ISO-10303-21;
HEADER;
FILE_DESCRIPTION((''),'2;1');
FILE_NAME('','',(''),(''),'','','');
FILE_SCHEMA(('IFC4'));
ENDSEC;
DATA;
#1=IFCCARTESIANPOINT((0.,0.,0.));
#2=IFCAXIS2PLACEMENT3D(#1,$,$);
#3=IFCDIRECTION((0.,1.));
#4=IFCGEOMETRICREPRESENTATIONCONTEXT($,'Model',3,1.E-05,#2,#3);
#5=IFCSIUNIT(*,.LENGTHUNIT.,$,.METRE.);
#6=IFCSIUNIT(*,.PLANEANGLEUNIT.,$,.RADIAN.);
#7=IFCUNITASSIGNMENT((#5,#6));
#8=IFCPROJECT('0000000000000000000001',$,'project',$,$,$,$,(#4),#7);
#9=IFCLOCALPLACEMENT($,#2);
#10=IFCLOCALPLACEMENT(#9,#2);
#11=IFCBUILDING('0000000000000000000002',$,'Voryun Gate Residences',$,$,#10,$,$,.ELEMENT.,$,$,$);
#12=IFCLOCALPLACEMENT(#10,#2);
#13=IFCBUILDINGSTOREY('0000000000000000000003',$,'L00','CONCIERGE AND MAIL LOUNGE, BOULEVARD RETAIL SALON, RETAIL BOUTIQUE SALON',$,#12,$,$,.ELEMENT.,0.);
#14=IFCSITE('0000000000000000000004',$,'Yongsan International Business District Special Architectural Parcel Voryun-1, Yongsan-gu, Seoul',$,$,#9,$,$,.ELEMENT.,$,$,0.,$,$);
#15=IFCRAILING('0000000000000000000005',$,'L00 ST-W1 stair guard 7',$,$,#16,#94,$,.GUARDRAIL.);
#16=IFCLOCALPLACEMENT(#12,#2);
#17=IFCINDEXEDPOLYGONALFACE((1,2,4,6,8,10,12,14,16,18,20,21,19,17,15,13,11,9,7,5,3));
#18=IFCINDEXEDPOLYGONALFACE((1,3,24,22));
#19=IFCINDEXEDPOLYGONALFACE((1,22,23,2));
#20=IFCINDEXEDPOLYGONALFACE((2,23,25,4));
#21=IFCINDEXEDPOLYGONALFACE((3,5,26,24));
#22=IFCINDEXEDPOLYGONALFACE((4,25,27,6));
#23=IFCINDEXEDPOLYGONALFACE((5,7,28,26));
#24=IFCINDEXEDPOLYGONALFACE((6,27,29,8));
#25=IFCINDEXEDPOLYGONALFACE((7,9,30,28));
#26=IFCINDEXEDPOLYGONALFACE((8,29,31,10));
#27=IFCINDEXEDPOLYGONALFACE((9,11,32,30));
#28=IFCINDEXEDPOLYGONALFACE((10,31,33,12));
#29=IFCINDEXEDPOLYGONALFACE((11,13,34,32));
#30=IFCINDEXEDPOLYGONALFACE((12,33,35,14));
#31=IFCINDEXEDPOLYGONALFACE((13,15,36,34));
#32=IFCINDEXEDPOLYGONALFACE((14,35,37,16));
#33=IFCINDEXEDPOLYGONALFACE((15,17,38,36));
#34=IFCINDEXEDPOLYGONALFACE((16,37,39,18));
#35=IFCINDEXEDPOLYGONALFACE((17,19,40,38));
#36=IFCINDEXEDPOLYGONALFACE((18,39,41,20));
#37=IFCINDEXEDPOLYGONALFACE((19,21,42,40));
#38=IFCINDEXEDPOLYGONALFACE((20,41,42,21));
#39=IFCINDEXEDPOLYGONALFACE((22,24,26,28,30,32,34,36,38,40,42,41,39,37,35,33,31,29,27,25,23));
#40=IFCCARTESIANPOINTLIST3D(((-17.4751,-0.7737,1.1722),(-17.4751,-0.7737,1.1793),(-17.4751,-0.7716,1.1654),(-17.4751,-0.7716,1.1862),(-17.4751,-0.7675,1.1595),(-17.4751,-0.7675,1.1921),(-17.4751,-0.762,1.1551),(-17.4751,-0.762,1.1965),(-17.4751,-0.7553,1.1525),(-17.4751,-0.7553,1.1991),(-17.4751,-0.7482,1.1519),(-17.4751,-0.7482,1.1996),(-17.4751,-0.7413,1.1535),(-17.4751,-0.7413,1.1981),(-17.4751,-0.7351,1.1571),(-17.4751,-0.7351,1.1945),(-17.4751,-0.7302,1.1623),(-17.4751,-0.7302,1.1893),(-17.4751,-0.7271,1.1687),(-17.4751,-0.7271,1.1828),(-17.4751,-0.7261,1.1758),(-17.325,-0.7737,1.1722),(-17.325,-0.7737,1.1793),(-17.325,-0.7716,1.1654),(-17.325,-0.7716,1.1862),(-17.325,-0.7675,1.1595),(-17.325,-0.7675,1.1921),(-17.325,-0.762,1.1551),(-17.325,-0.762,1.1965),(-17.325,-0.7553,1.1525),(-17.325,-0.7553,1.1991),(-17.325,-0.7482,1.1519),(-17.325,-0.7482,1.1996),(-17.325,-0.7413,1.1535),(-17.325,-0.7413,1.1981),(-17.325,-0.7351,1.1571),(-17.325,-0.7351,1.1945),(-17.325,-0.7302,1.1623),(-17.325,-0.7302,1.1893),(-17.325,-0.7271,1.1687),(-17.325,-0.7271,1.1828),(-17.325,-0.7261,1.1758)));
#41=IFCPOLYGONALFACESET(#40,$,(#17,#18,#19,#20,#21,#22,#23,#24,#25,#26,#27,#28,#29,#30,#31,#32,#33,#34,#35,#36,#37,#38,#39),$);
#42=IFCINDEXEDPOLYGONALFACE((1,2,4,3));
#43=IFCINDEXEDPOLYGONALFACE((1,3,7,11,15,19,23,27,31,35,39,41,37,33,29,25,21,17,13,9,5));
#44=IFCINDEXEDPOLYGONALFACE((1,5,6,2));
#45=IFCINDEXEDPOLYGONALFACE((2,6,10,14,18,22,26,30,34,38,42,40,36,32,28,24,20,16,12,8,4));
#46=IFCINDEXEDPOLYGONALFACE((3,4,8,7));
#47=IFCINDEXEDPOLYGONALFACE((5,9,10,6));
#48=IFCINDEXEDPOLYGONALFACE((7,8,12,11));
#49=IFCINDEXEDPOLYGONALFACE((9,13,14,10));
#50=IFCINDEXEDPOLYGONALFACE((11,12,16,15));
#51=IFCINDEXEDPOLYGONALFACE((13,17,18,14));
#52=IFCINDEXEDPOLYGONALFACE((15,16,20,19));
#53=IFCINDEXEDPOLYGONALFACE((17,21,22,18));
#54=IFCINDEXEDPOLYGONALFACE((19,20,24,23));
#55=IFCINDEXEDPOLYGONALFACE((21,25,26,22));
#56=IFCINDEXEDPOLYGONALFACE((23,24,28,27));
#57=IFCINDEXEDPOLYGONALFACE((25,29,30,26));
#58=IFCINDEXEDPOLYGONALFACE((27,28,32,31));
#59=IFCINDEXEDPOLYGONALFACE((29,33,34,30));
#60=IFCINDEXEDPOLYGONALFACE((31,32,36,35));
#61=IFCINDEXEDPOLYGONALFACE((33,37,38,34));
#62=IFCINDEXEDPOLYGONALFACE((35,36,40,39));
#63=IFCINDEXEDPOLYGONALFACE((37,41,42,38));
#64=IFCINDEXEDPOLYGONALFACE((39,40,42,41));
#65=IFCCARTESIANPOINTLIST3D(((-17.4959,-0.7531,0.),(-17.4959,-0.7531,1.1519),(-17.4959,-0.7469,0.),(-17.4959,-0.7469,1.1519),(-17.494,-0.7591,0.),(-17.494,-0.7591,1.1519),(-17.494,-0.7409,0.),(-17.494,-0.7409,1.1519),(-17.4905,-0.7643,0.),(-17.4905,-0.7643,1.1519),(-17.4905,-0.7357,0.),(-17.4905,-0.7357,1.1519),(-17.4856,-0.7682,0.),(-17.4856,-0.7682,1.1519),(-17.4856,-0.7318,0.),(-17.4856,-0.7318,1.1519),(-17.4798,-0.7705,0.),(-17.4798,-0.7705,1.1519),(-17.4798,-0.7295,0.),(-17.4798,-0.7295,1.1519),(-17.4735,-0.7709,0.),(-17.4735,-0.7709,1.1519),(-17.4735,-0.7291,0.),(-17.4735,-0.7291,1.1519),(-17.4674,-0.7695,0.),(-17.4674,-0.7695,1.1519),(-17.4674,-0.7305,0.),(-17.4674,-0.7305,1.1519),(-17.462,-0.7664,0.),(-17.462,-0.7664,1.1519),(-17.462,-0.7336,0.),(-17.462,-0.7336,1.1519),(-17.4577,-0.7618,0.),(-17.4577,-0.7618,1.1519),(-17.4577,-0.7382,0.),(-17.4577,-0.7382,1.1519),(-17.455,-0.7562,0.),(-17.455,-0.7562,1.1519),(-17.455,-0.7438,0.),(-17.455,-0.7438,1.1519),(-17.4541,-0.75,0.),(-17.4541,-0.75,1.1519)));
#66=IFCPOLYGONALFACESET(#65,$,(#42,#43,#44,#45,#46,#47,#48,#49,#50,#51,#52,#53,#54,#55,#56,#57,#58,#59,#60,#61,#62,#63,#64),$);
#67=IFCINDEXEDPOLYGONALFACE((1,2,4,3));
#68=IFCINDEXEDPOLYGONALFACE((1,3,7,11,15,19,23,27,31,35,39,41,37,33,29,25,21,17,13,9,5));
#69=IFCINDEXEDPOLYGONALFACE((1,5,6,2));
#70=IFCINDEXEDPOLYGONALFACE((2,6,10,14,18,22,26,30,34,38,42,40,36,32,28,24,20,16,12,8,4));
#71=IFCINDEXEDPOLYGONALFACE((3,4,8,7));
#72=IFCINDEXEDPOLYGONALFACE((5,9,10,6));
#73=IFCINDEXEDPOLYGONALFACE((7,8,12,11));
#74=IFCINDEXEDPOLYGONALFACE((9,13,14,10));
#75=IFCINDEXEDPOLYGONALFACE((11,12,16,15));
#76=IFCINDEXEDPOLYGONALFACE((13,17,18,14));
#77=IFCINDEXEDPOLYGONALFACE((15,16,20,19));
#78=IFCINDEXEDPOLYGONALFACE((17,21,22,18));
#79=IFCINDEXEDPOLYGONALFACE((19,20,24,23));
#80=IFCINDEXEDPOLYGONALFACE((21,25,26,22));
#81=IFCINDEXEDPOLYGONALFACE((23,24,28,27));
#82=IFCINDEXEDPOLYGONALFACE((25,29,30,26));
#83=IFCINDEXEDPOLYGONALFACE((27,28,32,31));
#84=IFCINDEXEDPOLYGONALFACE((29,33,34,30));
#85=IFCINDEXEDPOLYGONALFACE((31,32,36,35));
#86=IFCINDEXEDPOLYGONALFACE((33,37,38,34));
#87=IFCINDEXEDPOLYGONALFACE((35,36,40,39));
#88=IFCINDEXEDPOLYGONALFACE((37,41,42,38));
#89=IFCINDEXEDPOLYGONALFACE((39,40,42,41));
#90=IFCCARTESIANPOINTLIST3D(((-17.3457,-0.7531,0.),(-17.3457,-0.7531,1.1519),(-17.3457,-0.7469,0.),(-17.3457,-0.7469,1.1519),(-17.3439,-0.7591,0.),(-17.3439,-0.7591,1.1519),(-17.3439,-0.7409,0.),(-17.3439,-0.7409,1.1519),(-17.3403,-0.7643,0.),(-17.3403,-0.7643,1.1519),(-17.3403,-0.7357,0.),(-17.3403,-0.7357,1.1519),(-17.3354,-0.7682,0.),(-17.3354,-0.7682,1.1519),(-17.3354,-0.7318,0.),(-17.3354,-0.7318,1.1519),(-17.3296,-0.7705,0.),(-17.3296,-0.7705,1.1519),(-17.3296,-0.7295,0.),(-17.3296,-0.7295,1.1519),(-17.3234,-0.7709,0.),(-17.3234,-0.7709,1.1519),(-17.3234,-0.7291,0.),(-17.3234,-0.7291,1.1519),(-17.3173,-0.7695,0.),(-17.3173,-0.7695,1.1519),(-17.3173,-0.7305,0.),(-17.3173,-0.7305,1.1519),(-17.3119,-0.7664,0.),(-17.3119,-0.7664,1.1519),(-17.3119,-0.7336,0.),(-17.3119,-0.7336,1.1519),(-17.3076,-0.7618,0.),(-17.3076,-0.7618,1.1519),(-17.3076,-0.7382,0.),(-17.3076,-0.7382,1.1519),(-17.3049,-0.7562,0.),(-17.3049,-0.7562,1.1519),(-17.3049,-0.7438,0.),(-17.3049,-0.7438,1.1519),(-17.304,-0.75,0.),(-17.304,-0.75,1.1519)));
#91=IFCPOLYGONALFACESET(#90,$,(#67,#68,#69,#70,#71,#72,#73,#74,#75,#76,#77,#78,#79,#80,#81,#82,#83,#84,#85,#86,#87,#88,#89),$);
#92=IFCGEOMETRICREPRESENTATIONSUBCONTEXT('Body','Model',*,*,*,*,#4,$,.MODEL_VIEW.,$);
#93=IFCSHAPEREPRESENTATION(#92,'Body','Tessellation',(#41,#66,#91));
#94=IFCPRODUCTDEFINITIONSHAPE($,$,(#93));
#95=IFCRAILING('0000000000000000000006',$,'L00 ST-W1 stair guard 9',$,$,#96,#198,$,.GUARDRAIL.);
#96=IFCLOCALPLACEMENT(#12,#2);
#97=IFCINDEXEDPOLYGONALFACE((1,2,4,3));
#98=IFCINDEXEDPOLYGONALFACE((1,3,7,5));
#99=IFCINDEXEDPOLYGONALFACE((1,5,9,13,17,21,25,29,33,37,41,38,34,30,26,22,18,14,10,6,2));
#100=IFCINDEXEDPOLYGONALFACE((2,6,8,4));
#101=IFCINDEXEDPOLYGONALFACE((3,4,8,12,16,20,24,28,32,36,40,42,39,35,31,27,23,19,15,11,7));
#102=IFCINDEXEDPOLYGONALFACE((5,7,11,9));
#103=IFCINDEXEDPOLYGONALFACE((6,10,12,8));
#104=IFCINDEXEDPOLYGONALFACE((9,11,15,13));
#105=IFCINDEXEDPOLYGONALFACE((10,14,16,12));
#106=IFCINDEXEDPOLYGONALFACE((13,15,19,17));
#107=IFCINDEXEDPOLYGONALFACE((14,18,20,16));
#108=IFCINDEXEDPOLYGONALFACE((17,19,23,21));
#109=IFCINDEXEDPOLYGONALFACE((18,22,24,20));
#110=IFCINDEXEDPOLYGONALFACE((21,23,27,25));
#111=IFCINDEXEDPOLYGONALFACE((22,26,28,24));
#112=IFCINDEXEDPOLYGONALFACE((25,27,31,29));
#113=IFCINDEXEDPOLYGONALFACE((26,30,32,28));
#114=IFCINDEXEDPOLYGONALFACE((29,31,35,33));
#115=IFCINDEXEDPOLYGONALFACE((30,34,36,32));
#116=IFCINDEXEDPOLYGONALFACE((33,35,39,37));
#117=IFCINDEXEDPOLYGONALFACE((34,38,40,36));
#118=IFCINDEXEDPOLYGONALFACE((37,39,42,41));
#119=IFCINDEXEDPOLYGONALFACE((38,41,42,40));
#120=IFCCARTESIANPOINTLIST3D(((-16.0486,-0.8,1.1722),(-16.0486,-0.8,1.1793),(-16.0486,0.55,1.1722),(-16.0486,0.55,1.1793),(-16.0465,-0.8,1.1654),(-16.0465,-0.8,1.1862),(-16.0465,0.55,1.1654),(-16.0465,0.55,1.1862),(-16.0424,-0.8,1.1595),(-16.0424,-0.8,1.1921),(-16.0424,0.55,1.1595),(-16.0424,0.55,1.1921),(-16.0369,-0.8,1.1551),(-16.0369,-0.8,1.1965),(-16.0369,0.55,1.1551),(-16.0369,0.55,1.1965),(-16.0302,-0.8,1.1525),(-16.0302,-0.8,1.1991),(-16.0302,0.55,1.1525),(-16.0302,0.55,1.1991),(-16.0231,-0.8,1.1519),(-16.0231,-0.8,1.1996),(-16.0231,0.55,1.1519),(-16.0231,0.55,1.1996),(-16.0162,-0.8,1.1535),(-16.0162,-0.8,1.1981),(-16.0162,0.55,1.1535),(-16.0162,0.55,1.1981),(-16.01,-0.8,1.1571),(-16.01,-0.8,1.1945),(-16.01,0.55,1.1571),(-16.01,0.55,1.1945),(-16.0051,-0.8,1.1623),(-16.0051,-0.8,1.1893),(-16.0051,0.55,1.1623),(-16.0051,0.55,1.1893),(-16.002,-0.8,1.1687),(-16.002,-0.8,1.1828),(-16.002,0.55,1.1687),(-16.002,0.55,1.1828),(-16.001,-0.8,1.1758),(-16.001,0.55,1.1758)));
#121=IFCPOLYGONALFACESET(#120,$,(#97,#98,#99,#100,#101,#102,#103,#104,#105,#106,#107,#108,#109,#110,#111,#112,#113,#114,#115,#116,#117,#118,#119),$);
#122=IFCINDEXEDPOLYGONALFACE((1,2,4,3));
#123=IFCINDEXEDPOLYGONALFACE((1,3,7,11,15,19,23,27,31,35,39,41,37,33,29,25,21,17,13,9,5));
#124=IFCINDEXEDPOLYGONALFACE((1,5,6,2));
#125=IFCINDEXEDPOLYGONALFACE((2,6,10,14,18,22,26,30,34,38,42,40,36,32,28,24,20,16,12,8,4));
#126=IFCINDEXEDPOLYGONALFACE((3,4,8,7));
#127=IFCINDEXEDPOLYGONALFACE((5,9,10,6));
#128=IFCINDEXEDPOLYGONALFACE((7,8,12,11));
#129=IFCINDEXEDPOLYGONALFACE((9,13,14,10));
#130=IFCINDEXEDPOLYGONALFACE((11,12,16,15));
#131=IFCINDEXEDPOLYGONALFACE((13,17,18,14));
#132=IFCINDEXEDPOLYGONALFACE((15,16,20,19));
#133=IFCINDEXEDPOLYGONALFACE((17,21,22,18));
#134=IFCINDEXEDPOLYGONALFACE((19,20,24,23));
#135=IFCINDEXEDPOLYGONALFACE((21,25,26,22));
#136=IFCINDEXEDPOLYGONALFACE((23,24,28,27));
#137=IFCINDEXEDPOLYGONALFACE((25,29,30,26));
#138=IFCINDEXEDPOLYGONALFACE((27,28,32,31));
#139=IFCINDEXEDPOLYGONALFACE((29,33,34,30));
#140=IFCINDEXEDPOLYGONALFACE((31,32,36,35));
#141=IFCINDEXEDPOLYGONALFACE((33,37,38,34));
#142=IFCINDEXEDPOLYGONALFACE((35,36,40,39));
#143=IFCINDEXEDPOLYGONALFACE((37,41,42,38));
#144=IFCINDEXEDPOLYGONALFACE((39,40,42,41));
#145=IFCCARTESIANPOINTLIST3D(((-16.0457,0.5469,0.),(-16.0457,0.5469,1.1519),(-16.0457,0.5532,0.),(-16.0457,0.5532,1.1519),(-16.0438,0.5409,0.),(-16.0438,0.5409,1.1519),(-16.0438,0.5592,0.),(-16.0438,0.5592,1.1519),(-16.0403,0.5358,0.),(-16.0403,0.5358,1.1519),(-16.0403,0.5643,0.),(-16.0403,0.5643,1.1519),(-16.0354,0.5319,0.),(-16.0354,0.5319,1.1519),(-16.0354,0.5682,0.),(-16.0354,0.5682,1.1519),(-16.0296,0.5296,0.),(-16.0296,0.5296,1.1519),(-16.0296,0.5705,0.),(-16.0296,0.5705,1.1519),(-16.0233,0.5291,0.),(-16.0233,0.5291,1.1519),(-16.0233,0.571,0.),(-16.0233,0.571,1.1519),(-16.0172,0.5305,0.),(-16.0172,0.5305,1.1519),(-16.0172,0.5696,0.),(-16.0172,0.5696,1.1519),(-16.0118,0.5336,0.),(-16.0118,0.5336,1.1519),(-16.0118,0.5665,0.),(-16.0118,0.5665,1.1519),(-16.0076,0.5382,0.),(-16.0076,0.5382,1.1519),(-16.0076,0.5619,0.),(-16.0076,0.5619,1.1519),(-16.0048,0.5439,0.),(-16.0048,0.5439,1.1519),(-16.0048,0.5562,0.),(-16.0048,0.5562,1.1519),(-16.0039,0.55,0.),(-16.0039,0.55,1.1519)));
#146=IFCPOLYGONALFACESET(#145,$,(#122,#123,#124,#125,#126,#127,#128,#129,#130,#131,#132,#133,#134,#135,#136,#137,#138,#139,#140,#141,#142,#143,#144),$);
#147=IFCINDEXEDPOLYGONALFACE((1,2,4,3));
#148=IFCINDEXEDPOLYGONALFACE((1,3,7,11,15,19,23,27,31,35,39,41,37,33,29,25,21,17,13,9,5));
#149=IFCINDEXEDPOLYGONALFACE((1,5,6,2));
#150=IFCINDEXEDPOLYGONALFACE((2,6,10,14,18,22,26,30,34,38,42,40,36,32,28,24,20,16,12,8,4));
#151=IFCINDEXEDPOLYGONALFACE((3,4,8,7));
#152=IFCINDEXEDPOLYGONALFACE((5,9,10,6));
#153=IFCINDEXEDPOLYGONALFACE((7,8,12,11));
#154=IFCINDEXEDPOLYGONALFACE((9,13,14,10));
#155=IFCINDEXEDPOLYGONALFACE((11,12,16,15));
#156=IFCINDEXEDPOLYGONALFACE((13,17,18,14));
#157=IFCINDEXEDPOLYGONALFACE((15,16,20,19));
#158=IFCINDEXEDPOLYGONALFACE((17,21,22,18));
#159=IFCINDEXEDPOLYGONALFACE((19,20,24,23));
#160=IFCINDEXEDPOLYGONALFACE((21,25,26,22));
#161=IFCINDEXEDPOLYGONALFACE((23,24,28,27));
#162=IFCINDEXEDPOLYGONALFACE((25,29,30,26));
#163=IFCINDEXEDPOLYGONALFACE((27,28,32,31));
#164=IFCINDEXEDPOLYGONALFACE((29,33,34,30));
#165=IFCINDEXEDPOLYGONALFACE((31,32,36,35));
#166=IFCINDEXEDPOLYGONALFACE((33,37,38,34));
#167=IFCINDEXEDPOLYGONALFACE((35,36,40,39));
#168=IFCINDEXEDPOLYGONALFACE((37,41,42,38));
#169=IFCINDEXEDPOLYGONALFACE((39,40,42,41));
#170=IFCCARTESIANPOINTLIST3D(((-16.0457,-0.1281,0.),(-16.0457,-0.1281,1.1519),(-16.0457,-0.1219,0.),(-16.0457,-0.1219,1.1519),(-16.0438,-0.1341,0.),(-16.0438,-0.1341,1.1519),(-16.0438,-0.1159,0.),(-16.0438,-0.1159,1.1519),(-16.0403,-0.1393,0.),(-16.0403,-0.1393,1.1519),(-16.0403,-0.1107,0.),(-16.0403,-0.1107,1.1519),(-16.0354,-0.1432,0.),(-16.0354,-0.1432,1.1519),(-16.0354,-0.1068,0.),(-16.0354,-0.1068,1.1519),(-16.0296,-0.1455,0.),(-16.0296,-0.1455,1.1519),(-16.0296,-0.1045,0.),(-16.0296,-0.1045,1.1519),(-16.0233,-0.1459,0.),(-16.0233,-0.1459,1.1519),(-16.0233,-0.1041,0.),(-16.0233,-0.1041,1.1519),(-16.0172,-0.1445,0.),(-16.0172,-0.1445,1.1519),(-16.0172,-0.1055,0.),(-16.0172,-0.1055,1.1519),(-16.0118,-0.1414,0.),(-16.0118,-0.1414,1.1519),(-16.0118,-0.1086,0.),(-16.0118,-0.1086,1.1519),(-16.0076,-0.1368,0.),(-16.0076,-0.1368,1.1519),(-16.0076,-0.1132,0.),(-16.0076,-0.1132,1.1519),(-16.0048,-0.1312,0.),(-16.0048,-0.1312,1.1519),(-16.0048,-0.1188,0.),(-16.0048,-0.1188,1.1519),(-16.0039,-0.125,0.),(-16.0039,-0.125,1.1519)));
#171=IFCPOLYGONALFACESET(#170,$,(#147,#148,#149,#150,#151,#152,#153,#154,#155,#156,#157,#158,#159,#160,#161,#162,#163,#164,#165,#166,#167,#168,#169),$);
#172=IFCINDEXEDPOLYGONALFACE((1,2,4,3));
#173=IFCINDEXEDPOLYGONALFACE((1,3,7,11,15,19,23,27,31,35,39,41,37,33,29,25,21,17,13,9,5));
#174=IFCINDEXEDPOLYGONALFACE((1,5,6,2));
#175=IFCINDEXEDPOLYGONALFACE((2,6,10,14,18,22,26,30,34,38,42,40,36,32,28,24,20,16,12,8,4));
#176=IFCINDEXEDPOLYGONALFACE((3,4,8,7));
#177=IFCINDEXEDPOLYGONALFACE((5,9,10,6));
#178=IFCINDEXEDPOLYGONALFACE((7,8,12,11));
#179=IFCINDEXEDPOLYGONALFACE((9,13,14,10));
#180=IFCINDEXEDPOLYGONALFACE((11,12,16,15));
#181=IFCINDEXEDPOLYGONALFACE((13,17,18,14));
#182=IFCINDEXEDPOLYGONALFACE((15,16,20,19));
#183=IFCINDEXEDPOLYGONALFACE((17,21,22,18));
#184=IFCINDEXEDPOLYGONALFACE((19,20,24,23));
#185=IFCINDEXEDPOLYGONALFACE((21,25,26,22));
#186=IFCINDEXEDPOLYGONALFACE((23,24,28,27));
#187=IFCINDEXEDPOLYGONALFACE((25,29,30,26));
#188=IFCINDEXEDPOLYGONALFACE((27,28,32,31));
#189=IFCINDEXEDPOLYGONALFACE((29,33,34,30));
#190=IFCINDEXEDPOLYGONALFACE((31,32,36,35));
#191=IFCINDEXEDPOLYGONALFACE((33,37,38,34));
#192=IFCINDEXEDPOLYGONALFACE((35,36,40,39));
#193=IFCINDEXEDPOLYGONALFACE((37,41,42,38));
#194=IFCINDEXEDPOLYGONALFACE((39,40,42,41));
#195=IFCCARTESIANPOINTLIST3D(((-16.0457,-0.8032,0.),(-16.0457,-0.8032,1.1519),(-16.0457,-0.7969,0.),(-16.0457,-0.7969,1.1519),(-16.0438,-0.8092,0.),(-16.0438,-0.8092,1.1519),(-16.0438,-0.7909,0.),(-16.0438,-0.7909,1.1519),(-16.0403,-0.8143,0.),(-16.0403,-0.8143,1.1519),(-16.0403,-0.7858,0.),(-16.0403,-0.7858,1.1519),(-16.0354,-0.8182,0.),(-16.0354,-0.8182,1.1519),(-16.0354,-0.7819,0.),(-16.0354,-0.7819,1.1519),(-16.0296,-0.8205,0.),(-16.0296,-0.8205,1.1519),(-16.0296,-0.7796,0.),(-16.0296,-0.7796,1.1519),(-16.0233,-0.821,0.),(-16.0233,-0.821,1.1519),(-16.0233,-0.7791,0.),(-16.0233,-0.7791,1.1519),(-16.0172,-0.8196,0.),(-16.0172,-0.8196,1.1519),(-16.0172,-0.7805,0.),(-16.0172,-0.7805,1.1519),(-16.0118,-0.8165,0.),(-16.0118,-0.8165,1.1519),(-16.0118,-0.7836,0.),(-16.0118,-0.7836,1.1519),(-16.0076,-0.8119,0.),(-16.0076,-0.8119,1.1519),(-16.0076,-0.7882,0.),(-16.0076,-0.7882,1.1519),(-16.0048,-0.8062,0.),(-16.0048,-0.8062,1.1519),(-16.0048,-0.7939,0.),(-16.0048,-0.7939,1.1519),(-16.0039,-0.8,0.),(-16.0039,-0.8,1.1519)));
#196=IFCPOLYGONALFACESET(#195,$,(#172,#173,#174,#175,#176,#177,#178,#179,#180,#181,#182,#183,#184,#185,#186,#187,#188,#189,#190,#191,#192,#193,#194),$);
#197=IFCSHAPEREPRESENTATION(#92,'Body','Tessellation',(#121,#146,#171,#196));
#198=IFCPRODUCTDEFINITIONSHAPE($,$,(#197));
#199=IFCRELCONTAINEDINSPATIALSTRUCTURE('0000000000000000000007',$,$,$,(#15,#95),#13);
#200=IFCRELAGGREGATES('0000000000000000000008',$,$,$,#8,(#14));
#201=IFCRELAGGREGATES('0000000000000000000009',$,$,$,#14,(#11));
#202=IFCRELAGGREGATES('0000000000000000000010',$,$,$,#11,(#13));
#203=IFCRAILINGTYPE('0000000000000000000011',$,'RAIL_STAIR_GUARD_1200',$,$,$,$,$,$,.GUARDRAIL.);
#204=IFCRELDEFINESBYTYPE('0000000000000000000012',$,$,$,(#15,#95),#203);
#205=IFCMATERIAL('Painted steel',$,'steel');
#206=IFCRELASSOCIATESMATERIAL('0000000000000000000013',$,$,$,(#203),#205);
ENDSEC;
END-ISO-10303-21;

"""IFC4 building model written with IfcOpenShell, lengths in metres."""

from ifc_helpers import new_model, si_unit, direction, frame, origin, origin_2d, place, context, subcontext, project, spatial, circle, extrude, material, type_object, element, save


model = new_model("IFC4")

# Units and contexts
model_context = context("Model", 3, precision=1e-05, world=origin(), true_north=direction((0.0, 1.0)))
body_context = subcontext(model_context, "Body", "Model", "MODEL_VIEW")
ifc_project = project(units=[si_unit("LENGTHUNIT", "METRE"), si_unit("PLANEANGLEUNIT", "RADIAN")], contexts=[model_context])

# Site, building, storey
site_placement = place(None, origin())
site = spatial("IfcSite", under=ifc_project, at=site_placement, Name="Yongsan International Business District Special Architectural Parcel Voryun-1, Yongsan-gu, Seoul", CompositionType="ELEMENT", RefElevation=0.0)
building_placement = place(site_placement, origin())
building = spatial("IfcBuilding", under=site, at=building_placement, Name="Voryun Gate Residences", CompositionType="ELEMENT")
storey_placement = place(building_placement, origin())
storey = spatial("IfcBuildingStorey", under=building, at=storey_placement, Name="L00", Description="CONCIERGE AND MAIL LOUNGE, BOULEVARD RETAIL SALON, RETAIL BOUTIQUE SALON", CompositionType="ELEMENT", Elevation=0.0)

# Railings
ifc_material_1 = material(Name="Painted steel", Category="steel")
railing_type = type_object("IfcRailingType", Name="RAIL_STAIR_GUARD_1200", PredefinedType="GUARDRAIL", material=ifc_material_1)
railing_1_placement = place(storey_placement, frame((-17.4751, -0.75, 0.0)))
element("IfcRailing", 1, at=railing_1_placement, inside=storey, type_object=railing_type, Name="L00 ST-W1 stair guard 7", PredefinedType="GUARDRAIL", context=body_context, shape_type="SweptSolid", body=[
    extrude(circle(Radius=0.0239, at=origin_2d()), frame((0.0, 0.0, 1.1758), z_axis=(1.0, 0.0, 0.0), x_axis=(0.0, 1.0, 0.0)), (0.0, 0.0, 1.0), 0.1501),
    extrude(circle(Radius=0.021, at=origin_2d()), origin(), (0.0, 0.0, 1.0), 1.1519),
    extrude(circle(Radius=0.021, at=origin_2d()), frame((0.1501, 0.0, 0.0)), (0.0, 0.0, 1.0), 1.1519),
])
railing_2_placement = place(storey_placement, frame((-16.0249, 0.55, 0.0)))
element("IfcRailing", 2, at=railing_2_placement, inside=storey, type_object=railing_type, Name="L00 ST-W1 stair guard 9", PredefinedType="GUARDRAIL", context=body_context, shape_type="SweptSolid", body=[
    extrude(circle(Radius=0.0239, at=origin_2d()), frame((0.0, 0.0, 1.1758), z_axis=(0.0, -1.0, 0.0), x_axis=(1.0, 0.0, 0.0)), (0.0, 0.0, 1.0), 1.3501),
    extrude(circle(Radius=0.021, at=origin_2d()), origin(), (0.0, 0.0, 1.0), 1.1519),
    extrude(circle(Radius=0.021, at=origin_2d()), frame((0.0, -0.675, 0.0)), (0.0, 0.0, 1.0), 1.1519),
    extrude(circle(Radius=0.021, at=origin_2d()), frame((0.0, -1.3501, 0.0)), (0.0, 0.0, 1.0), 1.1519),
])

save(model, "model.ifc")
